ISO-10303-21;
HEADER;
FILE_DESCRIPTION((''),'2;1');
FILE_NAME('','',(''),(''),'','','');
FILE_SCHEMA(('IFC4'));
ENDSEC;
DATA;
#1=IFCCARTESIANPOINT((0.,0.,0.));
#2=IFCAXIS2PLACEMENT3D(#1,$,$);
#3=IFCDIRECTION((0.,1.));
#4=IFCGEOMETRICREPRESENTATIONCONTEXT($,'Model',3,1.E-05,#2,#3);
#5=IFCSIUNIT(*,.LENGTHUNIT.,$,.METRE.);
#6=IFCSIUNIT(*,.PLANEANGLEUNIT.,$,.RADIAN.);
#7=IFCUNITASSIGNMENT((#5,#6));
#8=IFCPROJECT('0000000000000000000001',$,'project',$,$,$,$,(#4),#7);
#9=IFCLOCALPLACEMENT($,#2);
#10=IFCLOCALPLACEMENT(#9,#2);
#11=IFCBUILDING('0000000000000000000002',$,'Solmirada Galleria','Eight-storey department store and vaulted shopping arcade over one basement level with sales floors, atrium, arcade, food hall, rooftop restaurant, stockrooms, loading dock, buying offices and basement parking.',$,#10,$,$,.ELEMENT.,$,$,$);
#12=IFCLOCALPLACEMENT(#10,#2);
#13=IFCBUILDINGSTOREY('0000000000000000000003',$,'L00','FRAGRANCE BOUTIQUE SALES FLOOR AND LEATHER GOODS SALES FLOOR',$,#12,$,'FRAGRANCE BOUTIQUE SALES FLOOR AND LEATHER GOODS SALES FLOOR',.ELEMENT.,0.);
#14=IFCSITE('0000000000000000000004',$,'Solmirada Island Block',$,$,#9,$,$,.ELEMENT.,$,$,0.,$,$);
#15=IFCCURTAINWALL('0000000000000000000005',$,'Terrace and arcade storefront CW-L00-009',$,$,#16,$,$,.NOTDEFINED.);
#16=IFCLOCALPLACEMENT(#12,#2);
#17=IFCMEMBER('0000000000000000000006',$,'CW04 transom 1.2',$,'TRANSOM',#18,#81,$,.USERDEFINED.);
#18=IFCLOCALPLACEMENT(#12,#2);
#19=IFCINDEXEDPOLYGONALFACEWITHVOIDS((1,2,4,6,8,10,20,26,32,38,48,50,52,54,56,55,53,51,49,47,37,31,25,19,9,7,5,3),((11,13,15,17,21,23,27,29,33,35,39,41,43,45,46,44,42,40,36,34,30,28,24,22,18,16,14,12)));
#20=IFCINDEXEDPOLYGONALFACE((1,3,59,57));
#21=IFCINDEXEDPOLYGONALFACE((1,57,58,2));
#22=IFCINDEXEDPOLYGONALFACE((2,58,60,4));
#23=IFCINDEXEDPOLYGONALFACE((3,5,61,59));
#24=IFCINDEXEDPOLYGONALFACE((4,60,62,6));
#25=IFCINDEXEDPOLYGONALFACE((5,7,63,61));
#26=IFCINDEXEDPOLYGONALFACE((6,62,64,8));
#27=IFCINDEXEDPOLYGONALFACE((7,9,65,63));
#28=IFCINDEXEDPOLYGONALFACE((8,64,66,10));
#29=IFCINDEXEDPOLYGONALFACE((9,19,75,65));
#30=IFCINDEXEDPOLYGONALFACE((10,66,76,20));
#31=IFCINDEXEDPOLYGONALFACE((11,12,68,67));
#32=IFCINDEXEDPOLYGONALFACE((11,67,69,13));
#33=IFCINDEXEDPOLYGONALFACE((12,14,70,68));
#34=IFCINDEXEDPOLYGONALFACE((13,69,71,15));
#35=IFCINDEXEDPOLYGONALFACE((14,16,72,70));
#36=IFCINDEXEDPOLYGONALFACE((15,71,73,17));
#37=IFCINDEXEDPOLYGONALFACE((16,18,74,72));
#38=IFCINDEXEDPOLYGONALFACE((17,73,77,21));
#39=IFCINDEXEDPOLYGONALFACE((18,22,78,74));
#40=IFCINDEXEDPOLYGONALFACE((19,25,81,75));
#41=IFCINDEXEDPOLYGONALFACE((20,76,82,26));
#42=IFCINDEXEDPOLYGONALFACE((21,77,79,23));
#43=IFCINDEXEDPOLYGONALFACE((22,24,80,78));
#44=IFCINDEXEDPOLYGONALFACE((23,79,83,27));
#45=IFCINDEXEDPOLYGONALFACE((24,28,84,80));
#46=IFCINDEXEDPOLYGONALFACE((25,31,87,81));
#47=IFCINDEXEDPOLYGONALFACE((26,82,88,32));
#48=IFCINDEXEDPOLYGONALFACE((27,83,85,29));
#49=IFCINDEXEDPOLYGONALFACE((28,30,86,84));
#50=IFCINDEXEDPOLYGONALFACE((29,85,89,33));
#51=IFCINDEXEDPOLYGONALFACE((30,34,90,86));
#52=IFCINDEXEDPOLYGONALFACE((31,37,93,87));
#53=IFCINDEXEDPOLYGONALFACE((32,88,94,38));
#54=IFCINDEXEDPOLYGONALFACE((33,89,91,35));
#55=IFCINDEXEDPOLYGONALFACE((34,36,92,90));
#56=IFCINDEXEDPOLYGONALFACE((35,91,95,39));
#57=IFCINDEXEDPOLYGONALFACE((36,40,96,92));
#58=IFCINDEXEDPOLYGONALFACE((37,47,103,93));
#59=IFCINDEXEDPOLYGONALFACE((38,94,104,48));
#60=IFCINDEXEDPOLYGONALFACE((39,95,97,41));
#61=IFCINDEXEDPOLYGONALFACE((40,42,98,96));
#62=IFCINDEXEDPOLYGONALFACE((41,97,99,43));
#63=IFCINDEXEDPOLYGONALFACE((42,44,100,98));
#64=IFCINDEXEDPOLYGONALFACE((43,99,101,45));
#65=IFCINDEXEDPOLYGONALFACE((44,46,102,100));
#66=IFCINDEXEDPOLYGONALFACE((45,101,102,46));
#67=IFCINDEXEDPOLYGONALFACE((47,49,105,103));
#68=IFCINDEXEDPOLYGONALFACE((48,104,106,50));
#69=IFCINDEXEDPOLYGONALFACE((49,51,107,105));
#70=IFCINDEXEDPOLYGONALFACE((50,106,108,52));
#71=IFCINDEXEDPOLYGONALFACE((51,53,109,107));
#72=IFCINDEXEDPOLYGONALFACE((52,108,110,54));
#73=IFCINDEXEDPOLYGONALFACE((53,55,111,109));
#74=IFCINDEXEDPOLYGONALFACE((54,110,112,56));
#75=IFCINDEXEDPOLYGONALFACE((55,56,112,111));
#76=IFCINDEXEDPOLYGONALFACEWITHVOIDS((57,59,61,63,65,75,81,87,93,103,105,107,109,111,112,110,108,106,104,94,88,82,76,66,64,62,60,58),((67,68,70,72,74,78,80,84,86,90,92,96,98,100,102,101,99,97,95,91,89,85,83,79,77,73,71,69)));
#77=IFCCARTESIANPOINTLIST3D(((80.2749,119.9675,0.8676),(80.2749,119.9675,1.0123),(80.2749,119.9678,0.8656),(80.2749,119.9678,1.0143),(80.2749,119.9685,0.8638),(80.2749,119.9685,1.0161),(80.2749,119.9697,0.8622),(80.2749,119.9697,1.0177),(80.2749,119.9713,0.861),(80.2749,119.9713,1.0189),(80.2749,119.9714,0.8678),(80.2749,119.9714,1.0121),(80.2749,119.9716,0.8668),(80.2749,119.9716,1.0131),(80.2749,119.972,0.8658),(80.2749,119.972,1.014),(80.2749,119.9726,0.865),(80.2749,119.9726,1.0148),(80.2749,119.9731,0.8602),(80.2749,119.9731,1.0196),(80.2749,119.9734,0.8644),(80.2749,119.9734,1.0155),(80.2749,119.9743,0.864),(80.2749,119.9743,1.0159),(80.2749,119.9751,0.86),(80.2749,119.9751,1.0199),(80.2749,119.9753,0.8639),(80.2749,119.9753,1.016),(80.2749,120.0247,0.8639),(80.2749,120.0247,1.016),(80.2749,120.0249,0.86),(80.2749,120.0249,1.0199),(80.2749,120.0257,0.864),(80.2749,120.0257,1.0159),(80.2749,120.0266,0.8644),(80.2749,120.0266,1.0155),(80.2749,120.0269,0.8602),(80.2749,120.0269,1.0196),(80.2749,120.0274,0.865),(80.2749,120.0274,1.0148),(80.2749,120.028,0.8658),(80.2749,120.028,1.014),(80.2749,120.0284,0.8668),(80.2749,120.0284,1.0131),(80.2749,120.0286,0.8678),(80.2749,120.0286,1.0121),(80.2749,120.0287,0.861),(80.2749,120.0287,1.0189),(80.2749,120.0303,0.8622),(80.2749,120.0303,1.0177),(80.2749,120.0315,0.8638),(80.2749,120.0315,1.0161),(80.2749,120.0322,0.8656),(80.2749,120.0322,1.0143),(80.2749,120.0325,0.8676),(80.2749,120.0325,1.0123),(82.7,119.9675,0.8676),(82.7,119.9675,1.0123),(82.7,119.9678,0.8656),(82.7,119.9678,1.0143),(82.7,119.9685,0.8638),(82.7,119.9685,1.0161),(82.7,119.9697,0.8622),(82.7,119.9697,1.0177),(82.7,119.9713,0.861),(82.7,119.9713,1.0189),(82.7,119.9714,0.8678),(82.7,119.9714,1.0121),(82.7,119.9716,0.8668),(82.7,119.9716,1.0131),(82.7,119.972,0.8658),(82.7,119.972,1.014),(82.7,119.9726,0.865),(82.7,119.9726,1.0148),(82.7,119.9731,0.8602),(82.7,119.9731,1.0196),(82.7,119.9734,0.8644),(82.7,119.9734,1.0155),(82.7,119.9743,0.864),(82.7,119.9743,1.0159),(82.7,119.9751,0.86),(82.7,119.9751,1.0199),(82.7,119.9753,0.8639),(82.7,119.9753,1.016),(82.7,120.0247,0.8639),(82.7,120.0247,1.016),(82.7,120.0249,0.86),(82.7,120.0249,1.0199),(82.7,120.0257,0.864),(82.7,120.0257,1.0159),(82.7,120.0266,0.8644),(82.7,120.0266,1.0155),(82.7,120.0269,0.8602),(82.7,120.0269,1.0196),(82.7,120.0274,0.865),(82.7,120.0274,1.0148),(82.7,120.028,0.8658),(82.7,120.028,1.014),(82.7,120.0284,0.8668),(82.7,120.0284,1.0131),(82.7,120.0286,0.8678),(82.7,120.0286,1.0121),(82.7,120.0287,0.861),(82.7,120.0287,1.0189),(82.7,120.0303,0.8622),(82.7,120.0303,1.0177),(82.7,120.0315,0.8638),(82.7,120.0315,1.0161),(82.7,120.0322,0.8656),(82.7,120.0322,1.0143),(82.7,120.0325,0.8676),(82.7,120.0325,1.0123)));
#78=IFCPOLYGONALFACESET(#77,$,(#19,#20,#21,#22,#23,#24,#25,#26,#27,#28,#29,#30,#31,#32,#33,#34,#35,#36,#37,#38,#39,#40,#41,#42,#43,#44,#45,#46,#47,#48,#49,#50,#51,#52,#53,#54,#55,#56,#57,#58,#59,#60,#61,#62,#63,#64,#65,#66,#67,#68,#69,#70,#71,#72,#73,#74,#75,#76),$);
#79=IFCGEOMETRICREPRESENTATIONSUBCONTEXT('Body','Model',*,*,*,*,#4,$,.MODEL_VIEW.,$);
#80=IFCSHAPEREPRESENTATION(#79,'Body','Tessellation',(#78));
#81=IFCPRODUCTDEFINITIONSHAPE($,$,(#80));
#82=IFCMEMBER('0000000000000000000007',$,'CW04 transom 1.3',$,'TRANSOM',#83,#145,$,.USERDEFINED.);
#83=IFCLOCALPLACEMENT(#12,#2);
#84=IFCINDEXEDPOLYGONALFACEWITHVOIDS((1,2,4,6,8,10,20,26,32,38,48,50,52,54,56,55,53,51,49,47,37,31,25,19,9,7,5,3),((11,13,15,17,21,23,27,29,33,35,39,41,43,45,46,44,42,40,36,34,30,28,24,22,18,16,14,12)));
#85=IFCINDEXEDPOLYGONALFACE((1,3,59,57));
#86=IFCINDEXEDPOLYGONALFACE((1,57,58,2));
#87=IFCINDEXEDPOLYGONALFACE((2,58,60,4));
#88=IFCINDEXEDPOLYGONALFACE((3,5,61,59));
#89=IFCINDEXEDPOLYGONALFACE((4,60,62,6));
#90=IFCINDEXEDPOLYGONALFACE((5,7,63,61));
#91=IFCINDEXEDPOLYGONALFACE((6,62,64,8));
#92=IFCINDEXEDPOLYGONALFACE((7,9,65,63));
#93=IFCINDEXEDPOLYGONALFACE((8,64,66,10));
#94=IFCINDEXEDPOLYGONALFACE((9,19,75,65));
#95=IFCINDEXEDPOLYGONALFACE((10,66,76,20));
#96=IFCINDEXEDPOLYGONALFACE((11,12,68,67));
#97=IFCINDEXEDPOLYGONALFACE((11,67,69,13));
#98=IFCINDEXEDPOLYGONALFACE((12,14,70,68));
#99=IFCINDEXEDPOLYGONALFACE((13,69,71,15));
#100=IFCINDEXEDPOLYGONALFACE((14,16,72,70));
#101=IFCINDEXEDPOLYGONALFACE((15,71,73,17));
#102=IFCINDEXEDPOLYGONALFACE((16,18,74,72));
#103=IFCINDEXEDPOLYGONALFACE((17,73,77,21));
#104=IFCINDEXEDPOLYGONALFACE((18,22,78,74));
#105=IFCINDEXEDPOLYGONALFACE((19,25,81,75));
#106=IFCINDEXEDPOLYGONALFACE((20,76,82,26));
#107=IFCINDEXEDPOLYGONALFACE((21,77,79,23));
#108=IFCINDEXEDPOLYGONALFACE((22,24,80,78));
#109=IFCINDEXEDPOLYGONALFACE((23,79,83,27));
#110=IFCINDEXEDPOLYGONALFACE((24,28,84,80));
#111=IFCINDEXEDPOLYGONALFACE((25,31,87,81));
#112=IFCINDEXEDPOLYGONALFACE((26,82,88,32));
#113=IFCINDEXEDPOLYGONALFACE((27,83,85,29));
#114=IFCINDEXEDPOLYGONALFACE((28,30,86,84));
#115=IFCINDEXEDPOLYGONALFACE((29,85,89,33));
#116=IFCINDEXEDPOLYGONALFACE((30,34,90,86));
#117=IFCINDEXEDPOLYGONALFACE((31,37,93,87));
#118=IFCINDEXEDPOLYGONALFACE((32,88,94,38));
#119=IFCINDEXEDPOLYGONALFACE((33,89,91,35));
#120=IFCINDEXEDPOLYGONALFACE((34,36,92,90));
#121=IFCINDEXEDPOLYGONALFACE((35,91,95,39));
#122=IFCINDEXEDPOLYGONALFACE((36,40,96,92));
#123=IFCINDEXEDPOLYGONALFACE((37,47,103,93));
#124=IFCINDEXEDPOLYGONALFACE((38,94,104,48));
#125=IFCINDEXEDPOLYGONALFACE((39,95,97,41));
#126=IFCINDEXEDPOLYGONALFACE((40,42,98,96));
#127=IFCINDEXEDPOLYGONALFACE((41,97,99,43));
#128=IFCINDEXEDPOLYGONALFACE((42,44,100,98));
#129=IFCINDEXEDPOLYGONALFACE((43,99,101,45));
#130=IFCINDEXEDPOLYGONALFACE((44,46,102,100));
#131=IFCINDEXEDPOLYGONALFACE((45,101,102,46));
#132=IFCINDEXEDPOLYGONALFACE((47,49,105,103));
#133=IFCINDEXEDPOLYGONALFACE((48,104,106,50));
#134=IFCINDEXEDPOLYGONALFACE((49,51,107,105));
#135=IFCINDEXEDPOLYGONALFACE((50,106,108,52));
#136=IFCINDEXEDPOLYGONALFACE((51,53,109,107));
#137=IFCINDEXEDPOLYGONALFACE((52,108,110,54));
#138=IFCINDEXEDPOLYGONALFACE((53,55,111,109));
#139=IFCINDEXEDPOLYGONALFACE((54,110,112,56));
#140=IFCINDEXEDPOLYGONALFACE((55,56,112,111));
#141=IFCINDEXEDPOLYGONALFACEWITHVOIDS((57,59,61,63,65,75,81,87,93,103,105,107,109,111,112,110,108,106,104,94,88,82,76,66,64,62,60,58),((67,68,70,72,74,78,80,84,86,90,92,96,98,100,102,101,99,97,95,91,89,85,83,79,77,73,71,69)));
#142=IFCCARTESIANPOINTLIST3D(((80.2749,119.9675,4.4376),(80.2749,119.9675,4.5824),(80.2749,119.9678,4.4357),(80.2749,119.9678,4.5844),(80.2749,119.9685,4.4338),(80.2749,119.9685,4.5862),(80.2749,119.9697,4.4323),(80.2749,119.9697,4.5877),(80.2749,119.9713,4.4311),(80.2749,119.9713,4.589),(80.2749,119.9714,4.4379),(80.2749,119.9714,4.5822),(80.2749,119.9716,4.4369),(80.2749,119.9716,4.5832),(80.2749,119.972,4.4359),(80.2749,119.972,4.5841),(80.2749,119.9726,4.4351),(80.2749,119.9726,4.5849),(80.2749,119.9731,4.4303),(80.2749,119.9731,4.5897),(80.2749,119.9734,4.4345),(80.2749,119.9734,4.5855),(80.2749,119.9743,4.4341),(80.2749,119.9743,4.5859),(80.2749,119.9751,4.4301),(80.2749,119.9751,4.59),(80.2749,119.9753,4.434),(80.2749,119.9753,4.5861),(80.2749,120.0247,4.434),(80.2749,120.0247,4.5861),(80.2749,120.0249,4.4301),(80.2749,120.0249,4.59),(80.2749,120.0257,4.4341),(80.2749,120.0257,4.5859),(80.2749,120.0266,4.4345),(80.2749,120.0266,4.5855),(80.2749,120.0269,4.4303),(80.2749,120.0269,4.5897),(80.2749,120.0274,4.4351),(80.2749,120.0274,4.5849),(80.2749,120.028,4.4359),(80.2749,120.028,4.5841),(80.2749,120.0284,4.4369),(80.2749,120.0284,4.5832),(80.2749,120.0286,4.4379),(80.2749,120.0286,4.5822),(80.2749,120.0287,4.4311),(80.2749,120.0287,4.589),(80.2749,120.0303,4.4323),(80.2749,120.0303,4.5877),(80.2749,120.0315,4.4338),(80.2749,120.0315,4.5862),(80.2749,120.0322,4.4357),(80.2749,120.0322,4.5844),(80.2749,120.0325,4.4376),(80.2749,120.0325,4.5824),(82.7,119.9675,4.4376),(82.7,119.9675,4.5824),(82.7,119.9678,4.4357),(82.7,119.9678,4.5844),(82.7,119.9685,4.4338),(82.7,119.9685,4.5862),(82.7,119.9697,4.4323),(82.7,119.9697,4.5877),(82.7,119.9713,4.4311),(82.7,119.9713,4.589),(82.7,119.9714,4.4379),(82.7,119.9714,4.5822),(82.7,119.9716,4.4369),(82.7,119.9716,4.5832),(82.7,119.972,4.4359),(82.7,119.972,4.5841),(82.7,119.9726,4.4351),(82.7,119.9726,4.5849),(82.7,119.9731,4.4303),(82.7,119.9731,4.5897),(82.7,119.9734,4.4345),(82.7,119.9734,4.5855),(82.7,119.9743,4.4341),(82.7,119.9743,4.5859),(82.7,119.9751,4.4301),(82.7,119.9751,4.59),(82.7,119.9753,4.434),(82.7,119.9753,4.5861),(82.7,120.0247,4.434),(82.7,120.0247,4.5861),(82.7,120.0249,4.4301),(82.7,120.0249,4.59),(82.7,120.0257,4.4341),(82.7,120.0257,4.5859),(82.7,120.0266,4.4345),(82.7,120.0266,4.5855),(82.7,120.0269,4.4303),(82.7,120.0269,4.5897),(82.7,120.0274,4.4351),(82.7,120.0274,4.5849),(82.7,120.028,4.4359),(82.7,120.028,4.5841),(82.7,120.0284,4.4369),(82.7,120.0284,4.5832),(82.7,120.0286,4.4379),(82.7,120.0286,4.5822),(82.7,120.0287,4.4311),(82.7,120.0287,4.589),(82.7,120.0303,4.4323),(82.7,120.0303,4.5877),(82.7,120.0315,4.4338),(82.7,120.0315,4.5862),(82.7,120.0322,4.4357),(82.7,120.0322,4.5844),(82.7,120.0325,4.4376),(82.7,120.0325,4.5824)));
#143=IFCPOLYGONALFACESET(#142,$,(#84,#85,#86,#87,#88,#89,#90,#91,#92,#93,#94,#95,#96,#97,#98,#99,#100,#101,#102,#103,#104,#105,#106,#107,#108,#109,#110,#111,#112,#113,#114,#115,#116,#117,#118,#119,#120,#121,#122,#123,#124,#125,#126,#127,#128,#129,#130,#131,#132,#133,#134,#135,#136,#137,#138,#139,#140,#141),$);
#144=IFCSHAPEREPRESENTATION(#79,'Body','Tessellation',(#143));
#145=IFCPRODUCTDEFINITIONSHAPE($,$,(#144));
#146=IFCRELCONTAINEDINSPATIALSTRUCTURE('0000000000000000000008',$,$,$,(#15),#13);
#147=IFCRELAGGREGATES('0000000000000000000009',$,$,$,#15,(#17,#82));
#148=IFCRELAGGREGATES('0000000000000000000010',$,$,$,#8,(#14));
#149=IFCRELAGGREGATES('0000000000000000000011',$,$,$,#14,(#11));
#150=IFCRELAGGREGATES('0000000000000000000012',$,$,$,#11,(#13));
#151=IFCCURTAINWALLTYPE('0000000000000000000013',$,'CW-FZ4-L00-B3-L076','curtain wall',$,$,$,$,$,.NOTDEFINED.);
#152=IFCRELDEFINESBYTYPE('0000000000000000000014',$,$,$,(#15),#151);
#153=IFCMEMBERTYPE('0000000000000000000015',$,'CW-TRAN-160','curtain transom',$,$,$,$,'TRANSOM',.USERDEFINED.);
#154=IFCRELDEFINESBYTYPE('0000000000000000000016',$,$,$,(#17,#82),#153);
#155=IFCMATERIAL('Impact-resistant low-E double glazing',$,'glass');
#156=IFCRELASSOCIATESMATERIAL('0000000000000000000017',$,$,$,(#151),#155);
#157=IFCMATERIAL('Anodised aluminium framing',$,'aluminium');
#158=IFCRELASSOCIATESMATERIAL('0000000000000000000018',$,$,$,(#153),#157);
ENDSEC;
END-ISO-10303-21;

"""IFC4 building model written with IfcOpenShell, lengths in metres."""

from ifc_helpers import new_model, si_unit, direction, frame, origin, origin_2d, place, context, subcontext, project, spatial, hollow_rectangle, extrude, material, material_profile, profile_set, type_object, element, aggregate, save


model = new_model("IFC4")

# Units and contexts
model_context = context("Model", 3, precision=1e-05, world=origin(), true_north=direction((0.0, 1.0)))
body_context = subcontext(model_context, "Body", "Model", "MODEL_VIEW")
ifc_project = project(units=[si_unit("LENGTHUNIT", "METRE"), si_unit("PLANEANGLEUNIT", "RADIAN")], contexts=[model_context])

# Site, building, storey
site_placement = place(None, origin())
site = spatial("IfcSite", under=ifc_project, at=site_placement, Name="Solmirada Island Block", CompositionType="ELEMENT", RefElevation=0.0)
building_placement = place(site_placement, origin())
building = spatial("IfcBuilding", under=site, at=building_placement, Name="Solmirada Galleria", Description="Eight-storey department store and vaulted shopping arcade over one basement level with sales floors, atrium, arcade, food hall, rooftop restaurant, stockrooms, loading dock, buying offices and basement parking.", CompositionType="ELEMENT")
storey_placement = place(building_placement, origin())
storey = spatial("IfcBuildingStorey", under=building, at=storey_placement, Name="L00", Description="FRAGRANCE BOUTIQUE SALES FLOOR AND LEATHER GOODS SALES FLOOR", LongName="FRAGRANCE BOUTIQUE SALES FLOOR AND LEATHER GOODS SALES FLOOR", CompositionType="ELEMENT", Elevation=0.0)

# Curtain wall, members
ifc_material_1 = material(Name="Impact-resistant low-E double glazing", Category="glass")
curtain_wall_type = type_object("IfcCurtainWallType", Name="CW-FZ4-L00-B3-L076", Description="curtain wall", PredefinedType="NOTDEFINED", material=ifc_material_1)
curtain_wall_placement = place(storey_placement, origin())
curtain_wall = element("IfcCurtainWall", 1, at=curtain_wall_placement, inside=storey, type_object=curtain_wall_type, Name="Terrace and arcade storefront CW-L00-009", PredefinedType="NOTDEFINED")
ifc_material_2 = material(Name="Anodised aluminium framing", Category="aluminium")
ifc_material_profile_1 = material_profile(ifc_material_2, hollow_rectangle(XDim=0.0649, YDim=0.1599, WallThickness=0.0039, InnerFilletRadius=0.0039, OuterFilletRadius=0.0076, at=origin_2d()), Name="ALU-TRAN-160X65")
ifc_profile_set_1 = profile_set([ifc_material_profile_1], Name="Anodised aluminium framing")
member_type_1 = type_object("IfcMemberType", Name="CW-TRAN-160", Description="curtain transom", ElementType="TRANSOM", PredefinedType="USERDEFINED", material=ifc_profile_set_1)
member_1_placement = place(storey_placement, frame((80.2749, 120.0, 0.9399), z_axis=(1.0, 0.0, 0.0), x_axis=(0.0, 1.0, 0.0)))
member_1 = element("IfcMember", 2, at=member_1_placement, type_object=member_type_1, Name="CW04 transom 1.2", ObjectType="TRANSOM", PredefinedType="USERDEFINED", context=body_context, shape_type="SweptSolid", body=[
    extrude(hollow_rectangle(XDim=0.0649, YDim=0.1599, WallThickness=0.0039, InnerFilletRadius=0.0039, OuterFilletRadius=0.0076, at=origin_2d()), origin(), (0.0, 0.0, 1.0), 2.425),
])
member_2_placement = place(storey_placement, frame((80.2749, 120.0, 4.51), z_axis=(1.0, 0.0, 0.0), x_axis=(0.0, 1.0, 0.0)))
member_2 = element("IfcMember", 3, at=member_2_placement, type_object=member_type_1, Name="CW04 transom 1.3", ObjectType="TRANSOM", PredefinedType="USERDEFINED", context=body_context, shape_type="SweptSolid", body=[
    extrude(hollow_rectangle(XDim=0.0649, YDim=0.1599, WallThickness=0.0039, InnerFilletRadius=0.0039, OuterFilletRadius=0.0076, at=origin_2d()), origin(), (0.0, 0.0, 1.0), 2.425),
])
aggregate(curtain_wall, [member_1, member_2])

save(model, "model.ifc")
